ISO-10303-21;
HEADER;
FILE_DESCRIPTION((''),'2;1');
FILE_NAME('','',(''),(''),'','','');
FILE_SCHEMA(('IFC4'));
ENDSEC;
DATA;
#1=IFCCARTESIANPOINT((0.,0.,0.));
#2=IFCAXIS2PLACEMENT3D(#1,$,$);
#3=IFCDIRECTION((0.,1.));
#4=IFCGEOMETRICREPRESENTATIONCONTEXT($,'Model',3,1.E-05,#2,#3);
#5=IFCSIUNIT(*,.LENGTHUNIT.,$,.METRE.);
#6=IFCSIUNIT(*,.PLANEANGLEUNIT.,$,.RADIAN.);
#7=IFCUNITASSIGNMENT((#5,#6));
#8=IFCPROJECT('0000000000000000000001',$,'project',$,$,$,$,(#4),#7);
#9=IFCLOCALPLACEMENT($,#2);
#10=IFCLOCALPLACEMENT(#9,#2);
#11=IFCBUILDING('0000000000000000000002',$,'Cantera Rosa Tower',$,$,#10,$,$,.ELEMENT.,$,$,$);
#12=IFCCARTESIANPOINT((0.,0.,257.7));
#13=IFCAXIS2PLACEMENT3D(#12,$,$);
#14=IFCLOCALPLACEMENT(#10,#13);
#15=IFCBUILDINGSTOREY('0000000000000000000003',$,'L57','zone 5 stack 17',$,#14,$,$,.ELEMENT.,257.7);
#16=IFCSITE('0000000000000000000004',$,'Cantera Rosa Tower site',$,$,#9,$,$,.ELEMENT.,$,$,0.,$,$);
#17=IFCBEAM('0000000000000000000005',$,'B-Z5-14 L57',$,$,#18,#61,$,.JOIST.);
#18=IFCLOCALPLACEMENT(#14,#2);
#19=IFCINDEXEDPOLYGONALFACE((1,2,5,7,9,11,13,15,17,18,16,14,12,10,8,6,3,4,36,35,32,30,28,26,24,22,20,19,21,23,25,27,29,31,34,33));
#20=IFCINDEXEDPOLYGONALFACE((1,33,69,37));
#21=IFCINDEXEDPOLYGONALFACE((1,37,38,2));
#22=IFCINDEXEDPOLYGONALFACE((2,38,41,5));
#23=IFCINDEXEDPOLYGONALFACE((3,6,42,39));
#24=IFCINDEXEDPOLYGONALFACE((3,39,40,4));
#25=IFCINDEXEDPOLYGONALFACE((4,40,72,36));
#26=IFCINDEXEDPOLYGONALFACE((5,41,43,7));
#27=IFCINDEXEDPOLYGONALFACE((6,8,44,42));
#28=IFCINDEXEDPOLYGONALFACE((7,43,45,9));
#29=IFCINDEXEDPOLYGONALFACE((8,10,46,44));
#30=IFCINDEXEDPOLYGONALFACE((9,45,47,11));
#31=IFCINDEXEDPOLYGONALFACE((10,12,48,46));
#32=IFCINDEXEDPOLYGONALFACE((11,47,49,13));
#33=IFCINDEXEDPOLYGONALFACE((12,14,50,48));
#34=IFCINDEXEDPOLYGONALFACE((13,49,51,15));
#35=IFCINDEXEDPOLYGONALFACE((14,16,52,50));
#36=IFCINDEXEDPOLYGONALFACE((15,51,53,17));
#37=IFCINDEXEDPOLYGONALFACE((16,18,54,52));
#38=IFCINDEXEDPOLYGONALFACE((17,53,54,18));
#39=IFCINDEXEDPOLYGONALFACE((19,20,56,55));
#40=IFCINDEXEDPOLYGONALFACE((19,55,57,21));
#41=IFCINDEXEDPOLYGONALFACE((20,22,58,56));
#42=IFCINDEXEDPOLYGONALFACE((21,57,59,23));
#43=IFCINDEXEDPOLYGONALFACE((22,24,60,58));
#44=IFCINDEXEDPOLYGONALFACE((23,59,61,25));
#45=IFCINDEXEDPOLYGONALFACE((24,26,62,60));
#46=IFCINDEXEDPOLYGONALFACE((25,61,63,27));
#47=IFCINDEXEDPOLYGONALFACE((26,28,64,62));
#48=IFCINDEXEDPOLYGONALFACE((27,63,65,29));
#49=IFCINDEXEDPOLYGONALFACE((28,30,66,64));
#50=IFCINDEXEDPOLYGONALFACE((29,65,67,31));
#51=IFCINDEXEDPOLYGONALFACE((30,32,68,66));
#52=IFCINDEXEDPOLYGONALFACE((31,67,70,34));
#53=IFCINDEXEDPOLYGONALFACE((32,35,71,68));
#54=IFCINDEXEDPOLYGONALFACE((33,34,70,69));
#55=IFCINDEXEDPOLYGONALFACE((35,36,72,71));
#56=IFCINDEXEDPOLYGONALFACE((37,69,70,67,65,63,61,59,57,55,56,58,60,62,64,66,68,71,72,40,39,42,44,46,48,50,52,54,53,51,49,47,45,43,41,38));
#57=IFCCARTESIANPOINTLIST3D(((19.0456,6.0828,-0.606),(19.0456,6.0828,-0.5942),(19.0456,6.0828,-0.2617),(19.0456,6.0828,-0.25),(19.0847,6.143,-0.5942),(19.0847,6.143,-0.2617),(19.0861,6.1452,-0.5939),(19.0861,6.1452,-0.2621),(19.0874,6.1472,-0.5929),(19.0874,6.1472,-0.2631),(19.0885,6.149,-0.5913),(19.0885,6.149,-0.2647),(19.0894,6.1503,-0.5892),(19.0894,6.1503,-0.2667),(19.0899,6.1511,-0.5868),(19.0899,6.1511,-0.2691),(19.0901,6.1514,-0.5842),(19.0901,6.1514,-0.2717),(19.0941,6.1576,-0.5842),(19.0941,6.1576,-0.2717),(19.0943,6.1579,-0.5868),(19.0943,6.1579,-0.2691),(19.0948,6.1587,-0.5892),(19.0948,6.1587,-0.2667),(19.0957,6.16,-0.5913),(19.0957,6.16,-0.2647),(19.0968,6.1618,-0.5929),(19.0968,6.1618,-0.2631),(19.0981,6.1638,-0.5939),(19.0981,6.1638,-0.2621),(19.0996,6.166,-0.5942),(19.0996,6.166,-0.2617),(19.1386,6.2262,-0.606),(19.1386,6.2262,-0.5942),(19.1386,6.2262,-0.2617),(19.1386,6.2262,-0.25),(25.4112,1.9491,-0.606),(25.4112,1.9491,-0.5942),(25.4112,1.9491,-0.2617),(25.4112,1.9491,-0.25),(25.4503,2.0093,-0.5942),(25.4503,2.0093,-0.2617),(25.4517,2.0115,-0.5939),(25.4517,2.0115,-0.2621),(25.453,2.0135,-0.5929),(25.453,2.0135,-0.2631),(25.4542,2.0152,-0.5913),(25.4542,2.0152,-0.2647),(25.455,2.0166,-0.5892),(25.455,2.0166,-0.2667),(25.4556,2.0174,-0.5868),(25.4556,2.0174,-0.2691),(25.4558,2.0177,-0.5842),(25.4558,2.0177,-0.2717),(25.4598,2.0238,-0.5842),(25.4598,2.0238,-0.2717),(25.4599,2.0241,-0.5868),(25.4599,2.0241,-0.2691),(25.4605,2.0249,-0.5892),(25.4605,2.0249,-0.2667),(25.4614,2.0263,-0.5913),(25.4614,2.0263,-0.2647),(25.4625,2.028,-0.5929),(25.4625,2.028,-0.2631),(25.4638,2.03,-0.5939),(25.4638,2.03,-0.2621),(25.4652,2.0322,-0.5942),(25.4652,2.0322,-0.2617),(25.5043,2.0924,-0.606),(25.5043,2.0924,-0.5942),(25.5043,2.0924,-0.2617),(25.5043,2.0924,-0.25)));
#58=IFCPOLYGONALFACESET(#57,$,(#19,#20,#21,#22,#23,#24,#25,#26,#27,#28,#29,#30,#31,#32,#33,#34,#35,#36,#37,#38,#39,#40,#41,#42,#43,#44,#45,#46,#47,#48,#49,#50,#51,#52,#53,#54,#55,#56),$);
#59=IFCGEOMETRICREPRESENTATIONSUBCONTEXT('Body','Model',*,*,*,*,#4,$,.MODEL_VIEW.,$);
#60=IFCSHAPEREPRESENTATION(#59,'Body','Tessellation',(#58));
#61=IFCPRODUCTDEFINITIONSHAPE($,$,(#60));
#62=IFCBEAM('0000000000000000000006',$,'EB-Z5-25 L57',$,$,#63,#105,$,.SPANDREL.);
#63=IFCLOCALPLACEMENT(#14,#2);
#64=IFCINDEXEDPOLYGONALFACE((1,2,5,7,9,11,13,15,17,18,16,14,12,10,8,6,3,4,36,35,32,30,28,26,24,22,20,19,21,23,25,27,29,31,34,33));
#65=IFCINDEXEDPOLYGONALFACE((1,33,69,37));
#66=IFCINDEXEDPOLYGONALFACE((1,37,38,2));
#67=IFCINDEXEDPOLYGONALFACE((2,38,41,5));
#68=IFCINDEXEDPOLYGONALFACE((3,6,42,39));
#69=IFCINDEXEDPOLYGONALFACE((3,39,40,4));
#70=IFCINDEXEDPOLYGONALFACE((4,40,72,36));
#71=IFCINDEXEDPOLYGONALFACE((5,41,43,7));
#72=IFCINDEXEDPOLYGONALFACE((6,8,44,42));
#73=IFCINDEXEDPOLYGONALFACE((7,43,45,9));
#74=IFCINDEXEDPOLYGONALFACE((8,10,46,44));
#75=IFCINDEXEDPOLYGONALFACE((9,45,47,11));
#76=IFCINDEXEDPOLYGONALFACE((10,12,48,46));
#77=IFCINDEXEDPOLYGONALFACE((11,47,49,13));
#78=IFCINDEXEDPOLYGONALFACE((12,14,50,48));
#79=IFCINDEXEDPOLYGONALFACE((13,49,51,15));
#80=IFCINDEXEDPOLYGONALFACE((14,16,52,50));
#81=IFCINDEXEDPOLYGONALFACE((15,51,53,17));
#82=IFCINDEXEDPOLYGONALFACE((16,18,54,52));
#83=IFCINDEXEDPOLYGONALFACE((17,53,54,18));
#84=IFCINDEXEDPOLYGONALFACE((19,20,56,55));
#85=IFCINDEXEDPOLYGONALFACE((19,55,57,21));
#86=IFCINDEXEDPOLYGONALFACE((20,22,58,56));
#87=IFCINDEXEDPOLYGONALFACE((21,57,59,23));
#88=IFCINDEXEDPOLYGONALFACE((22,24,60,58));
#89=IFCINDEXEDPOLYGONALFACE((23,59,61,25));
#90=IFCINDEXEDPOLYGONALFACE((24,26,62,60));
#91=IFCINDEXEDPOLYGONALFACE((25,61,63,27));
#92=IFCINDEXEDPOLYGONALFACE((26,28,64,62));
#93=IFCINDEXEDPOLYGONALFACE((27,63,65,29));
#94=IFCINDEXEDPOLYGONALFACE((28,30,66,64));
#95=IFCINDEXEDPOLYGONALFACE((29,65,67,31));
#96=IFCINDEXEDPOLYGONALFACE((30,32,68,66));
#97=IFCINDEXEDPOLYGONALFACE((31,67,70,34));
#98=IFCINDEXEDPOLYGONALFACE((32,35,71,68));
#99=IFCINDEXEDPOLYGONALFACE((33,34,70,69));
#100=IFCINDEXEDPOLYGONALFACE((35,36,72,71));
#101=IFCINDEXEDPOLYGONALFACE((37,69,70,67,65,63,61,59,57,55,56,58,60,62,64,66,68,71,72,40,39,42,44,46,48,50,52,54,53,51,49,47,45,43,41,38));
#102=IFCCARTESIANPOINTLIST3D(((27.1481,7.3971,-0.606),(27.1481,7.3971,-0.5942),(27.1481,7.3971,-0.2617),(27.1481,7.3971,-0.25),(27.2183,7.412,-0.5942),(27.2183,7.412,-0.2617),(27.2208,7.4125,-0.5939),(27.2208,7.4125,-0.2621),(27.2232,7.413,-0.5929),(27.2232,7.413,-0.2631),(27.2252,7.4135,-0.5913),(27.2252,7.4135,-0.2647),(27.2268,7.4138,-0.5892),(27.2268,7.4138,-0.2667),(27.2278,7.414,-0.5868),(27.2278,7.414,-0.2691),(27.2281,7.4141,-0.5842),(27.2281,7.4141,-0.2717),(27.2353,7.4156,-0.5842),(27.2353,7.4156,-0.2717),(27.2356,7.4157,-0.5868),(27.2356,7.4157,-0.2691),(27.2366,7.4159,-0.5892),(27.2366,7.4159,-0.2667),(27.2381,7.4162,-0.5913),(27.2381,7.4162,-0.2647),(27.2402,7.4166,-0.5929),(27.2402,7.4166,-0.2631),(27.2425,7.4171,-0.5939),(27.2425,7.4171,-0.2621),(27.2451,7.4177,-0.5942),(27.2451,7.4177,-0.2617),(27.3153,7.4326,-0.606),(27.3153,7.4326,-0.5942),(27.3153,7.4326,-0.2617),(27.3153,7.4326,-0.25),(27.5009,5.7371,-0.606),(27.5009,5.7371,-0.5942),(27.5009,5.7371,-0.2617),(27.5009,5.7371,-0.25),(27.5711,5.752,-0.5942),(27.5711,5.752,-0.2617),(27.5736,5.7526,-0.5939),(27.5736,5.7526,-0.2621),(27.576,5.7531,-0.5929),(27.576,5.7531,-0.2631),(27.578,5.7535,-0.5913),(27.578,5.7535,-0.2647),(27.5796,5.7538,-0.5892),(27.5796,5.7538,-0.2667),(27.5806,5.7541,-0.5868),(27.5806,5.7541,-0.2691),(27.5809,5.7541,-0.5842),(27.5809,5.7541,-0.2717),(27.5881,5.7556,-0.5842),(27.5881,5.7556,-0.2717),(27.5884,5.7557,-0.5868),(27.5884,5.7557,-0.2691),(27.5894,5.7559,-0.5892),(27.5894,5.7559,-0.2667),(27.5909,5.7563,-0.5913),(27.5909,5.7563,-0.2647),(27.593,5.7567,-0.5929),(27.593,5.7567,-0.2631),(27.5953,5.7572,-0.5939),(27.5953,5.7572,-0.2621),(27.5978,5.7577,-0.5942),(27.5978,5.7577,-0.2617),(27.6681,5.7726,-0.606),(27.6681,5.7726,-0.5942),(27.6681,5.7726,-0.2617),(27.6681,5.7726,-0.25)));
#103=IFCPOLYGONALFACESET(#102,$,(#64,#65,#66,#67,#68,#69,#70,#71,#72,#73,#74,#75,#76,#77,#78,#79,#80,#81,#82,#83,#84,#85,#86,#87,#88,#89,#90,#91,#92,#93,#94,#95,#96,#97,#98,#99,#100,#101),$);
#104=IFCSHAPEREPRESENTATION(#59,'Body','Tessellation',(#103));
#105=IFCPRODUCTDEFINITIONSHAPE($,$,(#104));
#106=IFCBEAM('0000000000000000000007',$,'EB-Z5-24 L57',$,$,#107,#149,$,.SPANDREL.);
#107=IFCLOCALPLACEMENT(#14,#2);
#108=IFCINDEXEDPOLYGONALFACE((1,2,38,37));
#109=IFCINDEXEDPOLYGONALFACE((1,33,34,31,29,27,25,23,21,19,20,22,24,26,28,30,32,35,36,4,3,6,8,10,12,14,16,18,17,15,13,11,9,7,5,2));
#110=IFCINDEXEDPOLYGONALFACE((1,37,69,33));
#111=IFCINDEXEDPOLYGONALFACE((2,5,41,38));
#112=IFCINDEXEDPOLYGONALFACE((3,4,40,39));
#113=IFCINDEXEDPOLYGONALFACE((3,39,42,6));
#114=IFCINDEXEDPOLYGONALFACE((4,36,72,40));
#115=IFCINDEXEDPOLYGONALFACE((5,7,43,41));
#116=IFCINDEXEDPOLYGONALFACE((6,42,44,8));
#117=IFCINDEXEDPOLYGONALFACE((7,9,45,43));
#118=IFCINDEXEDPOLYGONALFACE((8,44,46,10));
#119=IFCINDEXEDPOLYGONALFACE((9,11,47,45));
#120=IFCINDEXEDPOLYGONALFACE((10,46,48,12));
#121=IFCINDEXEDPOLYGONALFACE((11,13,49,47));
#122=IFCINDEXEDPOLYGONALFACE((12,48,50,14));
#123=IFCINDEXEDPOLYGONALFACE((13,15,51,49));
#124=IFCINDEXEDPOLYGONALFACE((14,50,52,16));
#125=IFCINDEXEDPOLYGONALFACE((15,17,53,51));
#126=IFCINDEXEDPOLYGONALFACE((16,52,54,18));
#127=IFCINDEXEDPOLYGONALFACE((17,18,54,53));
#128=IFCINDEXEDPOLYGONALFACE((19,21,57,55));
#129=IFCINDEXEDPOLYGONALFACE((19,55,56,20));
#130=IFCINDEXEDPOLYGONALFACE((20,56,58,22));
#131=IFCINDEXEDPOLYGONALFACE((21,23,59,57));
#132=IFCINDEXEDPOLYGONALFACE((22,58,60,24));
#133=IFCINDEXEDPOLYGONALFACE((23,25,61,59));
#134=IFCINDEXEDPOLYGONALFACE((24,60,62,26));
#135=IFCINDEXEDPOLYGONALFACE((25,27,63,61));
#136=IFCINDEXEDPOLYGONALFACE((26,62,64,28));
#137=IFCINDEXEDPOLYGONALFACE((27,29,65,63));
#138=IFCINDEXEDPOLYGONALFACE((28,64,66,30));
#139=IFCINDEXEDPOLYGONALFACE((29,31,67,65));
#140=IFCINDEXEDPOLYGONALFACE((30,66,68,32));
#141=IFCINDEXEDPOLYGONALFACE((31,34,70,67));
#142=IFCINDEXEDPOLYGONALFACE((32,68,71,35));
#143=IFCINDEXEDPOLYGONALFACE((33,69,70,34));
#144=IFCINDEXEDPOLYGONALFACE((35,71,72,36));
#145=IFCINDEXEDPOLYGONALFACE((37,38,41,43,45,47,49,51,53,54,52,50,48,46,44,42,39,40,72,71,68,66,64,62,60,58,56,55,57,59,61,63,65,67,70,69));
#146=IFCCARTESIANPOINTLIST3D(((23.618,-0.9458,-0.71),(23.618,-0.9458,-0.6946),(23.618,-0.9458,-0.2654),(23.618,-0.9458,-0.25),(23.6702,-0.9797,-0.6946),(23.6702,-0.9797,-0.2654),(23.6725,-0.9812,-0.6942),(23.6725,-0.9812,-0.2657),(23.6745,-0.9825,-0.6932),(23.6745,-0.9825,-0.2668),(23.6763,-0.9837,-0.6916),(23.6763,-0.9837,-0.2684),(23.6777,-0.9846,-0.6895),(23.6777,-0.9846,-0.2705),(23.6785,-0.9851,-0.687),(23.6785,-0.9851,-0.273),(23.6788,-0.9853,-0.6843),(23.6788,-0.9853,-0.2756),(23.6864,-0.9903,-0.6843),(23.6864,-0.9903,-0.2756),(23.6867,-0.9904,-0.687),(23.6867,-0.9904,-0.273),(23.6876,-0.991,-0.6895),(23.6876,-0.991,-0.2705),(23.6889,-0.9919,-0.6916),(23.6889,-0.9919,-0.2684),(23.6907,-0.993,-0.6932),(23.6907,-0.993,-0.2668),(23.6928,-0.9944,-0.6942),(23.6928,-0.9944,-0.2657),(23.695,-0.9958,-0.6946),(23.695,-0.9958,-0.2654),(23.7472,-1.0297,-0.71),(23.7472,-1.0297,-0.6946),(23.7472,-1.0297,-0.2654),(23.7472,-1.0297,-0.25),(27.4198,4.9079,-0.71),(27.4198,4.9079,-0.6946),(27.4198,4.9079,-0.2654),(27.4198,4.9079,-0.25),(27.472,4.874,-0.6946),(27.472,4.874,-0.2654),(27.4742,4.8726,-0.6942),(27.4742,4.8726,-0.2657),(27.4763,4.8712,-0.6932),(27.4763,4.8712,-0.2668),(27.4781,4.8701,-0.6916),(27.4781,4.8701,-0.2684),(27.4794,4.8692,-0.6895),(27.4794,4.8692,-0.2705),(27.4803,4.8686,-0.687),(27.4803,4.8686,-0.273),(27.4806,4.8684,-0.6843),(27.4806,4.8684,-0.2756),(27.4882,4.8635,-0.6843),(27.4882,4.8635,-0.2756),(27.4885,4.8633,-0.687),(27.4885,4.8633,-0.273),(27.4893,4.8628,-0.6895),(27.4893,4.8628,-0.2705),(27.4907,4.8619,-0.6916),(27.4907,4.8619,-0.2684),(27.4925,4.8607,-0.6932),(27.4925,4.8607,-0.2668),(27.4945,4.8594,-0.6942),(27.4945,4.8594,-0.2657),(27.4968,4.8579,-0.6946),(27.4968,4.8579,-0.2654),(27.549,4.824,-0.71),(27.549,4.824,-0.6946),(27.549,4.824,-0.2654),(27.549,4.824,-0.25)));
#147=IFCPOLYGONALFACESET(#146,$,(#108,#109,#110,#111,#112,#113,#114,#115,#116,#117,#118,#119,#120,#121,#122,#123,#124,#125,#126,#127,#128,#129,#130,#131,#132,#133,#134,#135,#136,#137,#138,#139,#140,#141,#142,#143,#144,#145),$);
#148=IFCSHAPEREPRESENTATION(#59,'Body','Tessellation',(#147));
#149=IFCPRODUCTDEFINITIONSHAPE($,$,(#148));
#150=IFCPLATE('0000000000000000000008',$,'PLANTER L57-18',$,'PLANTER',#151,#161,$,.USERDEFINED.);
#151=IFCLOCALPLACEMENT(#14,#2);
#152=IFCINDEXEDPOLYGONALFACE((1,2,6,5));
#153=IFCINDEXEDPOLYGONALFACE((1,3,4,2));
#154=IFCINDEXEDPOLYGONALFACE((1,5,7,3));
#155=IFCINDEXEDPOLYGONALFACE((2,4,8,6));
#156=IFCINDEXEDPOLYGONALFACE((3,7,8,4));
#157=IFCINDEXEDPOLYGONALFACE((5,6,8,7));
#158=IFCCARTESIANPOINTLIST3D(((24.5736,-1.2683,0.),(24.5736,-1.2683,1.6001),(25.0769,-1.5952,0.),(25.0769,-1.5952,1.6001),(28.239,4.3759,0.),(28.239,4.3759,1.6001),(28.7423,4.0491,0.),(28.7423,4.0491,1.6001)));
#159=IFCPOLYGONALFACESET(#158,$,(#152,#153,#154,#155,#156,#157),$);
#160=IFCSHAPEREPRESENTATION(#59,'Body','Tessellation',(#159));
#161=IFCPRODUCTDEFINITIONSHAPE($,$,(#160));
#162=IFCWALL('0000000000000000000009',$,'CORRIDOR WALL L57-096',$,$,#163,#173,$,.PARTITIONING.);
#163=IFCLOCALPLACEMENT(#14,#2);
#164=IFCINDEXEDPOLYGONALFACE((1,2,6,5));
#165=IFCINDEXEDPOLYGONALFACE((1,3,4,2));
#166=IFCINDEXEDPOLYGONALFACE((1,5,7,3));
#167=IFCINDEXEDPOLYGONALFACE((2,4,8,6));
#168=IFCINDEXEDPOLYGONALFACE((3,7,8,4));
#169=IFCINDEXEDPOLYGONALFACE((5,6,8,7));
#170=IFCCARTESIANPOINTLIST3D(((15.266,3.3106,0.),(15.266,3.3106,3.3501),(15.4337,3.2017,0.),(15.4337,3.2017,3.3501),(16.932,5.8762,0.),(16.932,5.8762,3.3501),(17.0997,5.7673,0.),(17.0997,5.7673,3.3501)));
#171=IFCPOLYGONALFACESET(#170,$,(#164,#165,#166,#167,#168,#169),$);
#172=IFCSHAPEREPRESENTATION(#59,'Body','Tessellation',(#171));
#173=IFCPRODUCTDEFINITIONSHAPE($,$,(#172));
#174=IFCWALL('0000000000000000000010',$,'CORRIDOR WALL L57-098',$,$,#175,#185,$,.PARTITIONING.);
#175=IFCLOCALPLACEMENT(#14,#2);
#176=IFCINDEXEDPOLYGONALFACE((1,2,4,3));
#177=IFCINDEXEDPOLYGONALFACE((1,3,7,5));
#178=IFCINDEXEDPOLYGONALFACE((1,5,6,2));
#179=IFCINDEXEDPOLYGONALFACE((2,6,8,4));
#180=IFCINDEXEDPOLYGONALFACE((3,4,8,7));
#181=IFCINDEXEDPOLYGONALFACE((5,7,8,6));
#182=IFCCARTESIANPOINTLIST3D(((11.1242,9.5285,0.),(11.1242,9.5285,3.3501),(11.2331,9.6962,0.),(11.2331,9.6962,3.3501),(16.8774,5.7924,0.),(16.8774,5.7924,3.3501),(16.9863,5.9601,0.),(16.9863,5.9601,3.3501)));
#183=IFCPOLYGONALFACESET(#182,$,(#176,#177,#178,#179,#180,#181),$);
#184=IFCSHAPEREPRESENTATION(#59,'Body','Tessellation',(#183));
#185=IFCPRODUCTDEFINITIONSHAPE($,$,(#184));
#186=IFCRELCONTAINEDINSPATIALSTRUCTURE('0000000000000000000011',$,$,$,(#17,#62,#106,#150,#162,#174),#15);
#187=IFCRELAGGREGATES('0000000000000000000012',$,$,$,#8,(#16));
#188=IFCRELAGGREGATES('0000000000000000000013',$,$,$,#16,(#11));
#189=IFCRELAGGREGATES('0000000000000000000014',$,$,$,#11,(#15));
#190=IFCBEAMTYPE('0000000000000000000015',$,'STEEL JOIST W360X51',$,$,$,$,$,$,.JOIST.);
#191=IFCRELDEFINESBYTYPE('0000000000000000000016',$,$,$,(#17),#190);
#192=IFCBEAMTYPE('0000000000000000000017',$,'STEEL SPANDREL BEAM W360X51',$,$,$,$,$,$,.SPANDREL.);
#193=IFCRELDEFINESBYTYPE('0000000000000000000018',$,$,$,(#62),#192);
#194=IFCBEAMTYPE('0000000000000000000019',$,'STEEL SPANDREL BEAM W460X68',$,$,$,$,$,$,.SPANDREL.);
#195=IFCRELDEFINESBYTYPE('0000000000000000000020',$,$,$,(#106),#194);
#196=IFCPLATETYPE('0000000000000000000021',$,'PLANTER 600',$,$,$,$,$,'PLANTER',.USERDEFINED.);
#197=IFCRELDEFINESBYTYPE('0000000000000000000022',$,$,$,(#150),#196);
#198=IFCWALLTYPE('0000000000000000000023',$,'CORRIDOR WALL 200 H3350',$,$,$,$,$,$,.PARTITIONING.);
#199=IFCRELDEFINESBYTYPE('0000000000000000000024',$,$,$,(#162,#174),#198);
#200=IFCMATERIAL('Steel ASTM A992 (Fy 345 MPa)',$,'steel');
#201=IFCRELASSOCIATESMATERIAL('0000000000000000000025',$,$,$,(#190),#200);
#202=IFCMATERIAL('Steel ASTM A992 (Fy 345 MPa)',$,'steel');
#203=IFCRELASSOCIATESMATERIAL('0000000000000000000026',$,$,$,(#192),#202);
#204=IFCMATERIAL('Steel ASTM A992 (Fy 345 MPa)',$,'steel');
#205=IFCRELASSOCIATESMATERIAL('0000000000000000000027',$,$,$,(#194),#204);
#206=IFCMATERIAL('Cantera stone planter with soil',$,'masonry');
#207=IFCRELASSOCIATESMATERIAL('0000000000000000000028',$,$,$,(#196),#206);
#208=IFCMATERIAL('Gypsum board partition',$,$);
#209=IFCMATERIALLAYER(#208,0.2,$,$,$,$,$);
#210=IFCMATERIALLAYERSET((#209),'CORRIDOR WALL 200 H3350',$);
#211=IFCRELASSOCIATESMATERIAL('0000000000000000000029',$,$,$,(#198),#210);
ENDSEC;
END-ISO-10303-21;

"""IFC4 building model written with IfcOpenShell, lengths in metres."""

from ifc_helpers import new_model, si_unit, direction, frame, frame_2d, origin, origin_2d, place, context, subcontext, project, spatial, rectangle, i_section, extrude, material, layer, layer_set, material_profile, profile_set, type_object, element, save


model = new_model("IFC4")

# Units and contexts
model_context = context("Model", 3, precision=1e-05, world=origin(), true_north=direction((0.0, 1.0)))
body_context = subcontext(model_context, "Body", "Model", "MODEL_VIEW")
ifc_project = project(units=[si_unit("LENGTHUNIT", "METRE"), si_unit("PLANEANGLEUNIT", "RADIAN")], contexts=[model_context])

# Site, building, storey
site_placement = place(None, origin())
site = spatial("IfcSite", under=ifc_project, at=site_placement, Name="Cantera Rosa Tower site", CompositionType="ELEMENT", RefElevation=0.0)
building_placement = place(site_placement, origin())
building = spatial("IfcBuilding", under=site, at=building_placement, Name="Cantera Rosa Tower", CompositionType="ELEMENT")
storey_placement = place(building_placement, frame((0.0, 0.0, 257.7)))
storey = spatial("IfcBuildingStorey", under=building, at=storey_placement, Name="L57", Description="zone 5 stack 17", CompositionType="ELEMENT", Elevation=257.7)

# Beams
ifc_material_1 = material(Name="Steel ASTM A992 (Fy 345 MPa)", Category="steel")
ifc_material_profile_1 = material_profile(ifc_material_1, i_section(OverallWidth=0.1709, OverallDepth=0.356, WebThickness=0.0073, FlangeThickness=0.0117, FilletRadius=0.01, at=origin_2d()), Name="W360X51")
ifc_profile_set_1 = profile_set([ifc_material_profile_1], Name="Steel ASTM A992 (Fy 345 MPa)")
beam_type_1 = type_object("IfcBeamType", Name="STEEL JOIST W360X51", PredefinedType="JOIST", material=ifc_profile_set_1)
beam_1_placement = place(storey_placement, frame((25.4578, 2.0208, -0.428), z_axis=(-0.83868, 0.544624, 0.0), x_axis=(-0.544624, -0.83868, 0.0)))
element("IfcBeam", 1, at=beam_1_placement, inside=storey, type_object=beam_type_1, Name="B-Z5-14 L57", PredefinedType="JOIST", context=body_context, shape_type="SweptSolid", body=[
    extrude(i_section(OverallWidth=0.1709, OverallDepth=0.356, WebThickness=0.0073, FlangeThickness=0.0117, FilletRadius=0.01, at=origin_2d()), origin(), (0.0, 0.0, 1.0), 7.5901),
])
ifc_material_2 = material(Name="Steel ASTM A992 (Fy 345 MPa)", Category="steel")
ifc_material_profile_2 = material_profile(ifc_material_2, i_section(OverallWidth=0.1709, OverallDepth=0.356, WebThickness=0.0073, FlangeThickness=0.0117, FilletRadius=0.01, at=origin_2d()), Name="W360X51")
ifc_profile_set_2 = profile_set([ifc_material_profile_2], Name="Steel ASTM A992 (Fy 345 MPa)")
beam_type_2 = type_object("IfcBeamType", Name="STEEL SPANDREL BEAM W360X51", PredefinedType="SPANDREL", material=ifc_profile_set_2)
beam_2_placement = place(storey_placement, frame((27.5845, 5.7549, -0.428), z_axis=(-0.207888, 0.978153, 0.0), x_axis=(-0.978153, -0.207888, 0.0)))
element("IfcBeam", 2, at=beam_2_placement, inside=storey, type_object=beam_type_2, Name="EB-Z5-25 L57", PredefinedType="SPANDREL", context=body_context, shape_type="SweptSolid", body=[
    extrude(i_section(OverallWidth=0.1709, OverallDepth=0.356, WebThickness=0.0073, FlangeThickness=0.0117, FilletRadius=0.01, at=origin_2d()), origin(), (0.0, 0.0, 1.0), 1.697),
])
ifc_material_3 = material(Name="Steel ASTM A992 (Fy 345 MPa)", Category="steel")
ifc_material_profile_3 = material_profile(ifc_material_3, i_section(OverallWidth=0.1541, OverallDepth=0.46, WebThickness=0.009, FlangeThickness=0.0154, FilletRadius=0.0103, at=origin_2d()), Name="W460X68")
ifc_profile_set_3 = profile_set([ifc_material_profile_3], Name="Steel ASTM A992 (Fy 345 MPa)")
beam_type_3 = type_object("IfcBeamType", Name="STEEL SPANDREL BEAM W460X68", PredefinedType="SPANDREL", material=ifc_profile_set_3)
beam_3_placement = place(storey_placement, frame((23.6826, -0.9878, -0.48), z_axis=(0.544667, 0.838652, 0.0), x_axis=(-0.838652, 0.544667, 0.0)))
element("IfcBeam", 3, at=beam_3_placement, inside=storey, type_object=beam_type_3, Name="EB-Z5-24 L57", PredefinedType="SPANDREL", context=body_context, shape_type="SweptSolid", body=[
    extrude(i_section(OverallWidth=0.1541, OverallDepth=0.46, WebThickness=0.009, FlangeThickness=0.0154, FilletRadius=0.0103, at=origin_2d()), origin(), (0.0, 0.0, 1.0), 6.98),
])

# Plate
ifc_material_4 = material(Name="Cantera stone planter with soil", Category="masonry")
plate_type = type_object("IfcPlateType", Name="PLANTER 600", ElementType="PLANTER", PredefinedType="USERDEFINED", material=ifc_material_4)
plate_placement = place(storey_placement, frame((26.658, 1.3904, 0.0), z_axis=(0.0, 0.0, 1.0), x_axis=(0.544639, 0.838671, 0.0)))
element("IfcPlate", 4, at=plate_placement, inside=storey, type_object=plate_type, Name="PLANTER L57-18", ObjectType="PLANTER", PredefinedType="USERDEFINED", context=body_context, shape_type="SweptSolid", body=[
    extrude(rectangle(XDim=6.73, YDim=0.6001, at=origin_2d()), origin(), (0.0, 0.0, 1.0), 1.6001),
])

# Walls
ifc_material_5 = material(Name="Gypsum board partition")
ifc_layer_1 = layer(ifc_material_5, 0.2)
ifc_layer_set_1 = layer_set([ifc_layer_1], Name="CORRIDOR WALL 200 H3350")
wall_type_1 = type_object("IfcWallType", Name="CORRIDOR WALL 200 H3350", PredefinedType="PARTITIONING", material=ifc_layer_set_1)
wall_1_placement = place(storey_placement, frame((15.3499, 3.2561, 0.0), z_axis=(0.0, 0.0, 1.0), x_axis=(0.544604, 0.838693, 0.0)))
element("IfcWall", 5, at=wall_1_placement, inside=storey, type_object=wall_type_1, Name="CORRIDOR WALL L57-096", PredefinedType="PARTITIONING", context=body_context, shape_type="SweptSolid", body=[
    extrude(rectangle(XDim=3.0591, YDim=0.2, at=frame_2d((1.5295, 0.0))), origin(), (0.0, 0.0, 1.0), 3.3501),
])
wall_2_placement = place(storey_placement, frame((16.9319, 5.8762, 0.0), z_axis=(0.0, 0.0, 1.0), x_axis=(-0.838675, 0.544632, 0.0)))
element("IfcWall", 6, at=wall_2_placement, inside=storey, type_object=wall_type_1, Name="CORRIDOR WALL L57-098", PredefinedType="PARTITIONING", context=body_context, shape_type="SweptSolid", body=[
    extrude(rectangle(XDim=6.8599, YDim=0.2, at=frame_2d((3.4299, 0.0))), origin(), (0.0, 0.0, 1.0), 3.3501),
])

save(model, "model.ifc")
